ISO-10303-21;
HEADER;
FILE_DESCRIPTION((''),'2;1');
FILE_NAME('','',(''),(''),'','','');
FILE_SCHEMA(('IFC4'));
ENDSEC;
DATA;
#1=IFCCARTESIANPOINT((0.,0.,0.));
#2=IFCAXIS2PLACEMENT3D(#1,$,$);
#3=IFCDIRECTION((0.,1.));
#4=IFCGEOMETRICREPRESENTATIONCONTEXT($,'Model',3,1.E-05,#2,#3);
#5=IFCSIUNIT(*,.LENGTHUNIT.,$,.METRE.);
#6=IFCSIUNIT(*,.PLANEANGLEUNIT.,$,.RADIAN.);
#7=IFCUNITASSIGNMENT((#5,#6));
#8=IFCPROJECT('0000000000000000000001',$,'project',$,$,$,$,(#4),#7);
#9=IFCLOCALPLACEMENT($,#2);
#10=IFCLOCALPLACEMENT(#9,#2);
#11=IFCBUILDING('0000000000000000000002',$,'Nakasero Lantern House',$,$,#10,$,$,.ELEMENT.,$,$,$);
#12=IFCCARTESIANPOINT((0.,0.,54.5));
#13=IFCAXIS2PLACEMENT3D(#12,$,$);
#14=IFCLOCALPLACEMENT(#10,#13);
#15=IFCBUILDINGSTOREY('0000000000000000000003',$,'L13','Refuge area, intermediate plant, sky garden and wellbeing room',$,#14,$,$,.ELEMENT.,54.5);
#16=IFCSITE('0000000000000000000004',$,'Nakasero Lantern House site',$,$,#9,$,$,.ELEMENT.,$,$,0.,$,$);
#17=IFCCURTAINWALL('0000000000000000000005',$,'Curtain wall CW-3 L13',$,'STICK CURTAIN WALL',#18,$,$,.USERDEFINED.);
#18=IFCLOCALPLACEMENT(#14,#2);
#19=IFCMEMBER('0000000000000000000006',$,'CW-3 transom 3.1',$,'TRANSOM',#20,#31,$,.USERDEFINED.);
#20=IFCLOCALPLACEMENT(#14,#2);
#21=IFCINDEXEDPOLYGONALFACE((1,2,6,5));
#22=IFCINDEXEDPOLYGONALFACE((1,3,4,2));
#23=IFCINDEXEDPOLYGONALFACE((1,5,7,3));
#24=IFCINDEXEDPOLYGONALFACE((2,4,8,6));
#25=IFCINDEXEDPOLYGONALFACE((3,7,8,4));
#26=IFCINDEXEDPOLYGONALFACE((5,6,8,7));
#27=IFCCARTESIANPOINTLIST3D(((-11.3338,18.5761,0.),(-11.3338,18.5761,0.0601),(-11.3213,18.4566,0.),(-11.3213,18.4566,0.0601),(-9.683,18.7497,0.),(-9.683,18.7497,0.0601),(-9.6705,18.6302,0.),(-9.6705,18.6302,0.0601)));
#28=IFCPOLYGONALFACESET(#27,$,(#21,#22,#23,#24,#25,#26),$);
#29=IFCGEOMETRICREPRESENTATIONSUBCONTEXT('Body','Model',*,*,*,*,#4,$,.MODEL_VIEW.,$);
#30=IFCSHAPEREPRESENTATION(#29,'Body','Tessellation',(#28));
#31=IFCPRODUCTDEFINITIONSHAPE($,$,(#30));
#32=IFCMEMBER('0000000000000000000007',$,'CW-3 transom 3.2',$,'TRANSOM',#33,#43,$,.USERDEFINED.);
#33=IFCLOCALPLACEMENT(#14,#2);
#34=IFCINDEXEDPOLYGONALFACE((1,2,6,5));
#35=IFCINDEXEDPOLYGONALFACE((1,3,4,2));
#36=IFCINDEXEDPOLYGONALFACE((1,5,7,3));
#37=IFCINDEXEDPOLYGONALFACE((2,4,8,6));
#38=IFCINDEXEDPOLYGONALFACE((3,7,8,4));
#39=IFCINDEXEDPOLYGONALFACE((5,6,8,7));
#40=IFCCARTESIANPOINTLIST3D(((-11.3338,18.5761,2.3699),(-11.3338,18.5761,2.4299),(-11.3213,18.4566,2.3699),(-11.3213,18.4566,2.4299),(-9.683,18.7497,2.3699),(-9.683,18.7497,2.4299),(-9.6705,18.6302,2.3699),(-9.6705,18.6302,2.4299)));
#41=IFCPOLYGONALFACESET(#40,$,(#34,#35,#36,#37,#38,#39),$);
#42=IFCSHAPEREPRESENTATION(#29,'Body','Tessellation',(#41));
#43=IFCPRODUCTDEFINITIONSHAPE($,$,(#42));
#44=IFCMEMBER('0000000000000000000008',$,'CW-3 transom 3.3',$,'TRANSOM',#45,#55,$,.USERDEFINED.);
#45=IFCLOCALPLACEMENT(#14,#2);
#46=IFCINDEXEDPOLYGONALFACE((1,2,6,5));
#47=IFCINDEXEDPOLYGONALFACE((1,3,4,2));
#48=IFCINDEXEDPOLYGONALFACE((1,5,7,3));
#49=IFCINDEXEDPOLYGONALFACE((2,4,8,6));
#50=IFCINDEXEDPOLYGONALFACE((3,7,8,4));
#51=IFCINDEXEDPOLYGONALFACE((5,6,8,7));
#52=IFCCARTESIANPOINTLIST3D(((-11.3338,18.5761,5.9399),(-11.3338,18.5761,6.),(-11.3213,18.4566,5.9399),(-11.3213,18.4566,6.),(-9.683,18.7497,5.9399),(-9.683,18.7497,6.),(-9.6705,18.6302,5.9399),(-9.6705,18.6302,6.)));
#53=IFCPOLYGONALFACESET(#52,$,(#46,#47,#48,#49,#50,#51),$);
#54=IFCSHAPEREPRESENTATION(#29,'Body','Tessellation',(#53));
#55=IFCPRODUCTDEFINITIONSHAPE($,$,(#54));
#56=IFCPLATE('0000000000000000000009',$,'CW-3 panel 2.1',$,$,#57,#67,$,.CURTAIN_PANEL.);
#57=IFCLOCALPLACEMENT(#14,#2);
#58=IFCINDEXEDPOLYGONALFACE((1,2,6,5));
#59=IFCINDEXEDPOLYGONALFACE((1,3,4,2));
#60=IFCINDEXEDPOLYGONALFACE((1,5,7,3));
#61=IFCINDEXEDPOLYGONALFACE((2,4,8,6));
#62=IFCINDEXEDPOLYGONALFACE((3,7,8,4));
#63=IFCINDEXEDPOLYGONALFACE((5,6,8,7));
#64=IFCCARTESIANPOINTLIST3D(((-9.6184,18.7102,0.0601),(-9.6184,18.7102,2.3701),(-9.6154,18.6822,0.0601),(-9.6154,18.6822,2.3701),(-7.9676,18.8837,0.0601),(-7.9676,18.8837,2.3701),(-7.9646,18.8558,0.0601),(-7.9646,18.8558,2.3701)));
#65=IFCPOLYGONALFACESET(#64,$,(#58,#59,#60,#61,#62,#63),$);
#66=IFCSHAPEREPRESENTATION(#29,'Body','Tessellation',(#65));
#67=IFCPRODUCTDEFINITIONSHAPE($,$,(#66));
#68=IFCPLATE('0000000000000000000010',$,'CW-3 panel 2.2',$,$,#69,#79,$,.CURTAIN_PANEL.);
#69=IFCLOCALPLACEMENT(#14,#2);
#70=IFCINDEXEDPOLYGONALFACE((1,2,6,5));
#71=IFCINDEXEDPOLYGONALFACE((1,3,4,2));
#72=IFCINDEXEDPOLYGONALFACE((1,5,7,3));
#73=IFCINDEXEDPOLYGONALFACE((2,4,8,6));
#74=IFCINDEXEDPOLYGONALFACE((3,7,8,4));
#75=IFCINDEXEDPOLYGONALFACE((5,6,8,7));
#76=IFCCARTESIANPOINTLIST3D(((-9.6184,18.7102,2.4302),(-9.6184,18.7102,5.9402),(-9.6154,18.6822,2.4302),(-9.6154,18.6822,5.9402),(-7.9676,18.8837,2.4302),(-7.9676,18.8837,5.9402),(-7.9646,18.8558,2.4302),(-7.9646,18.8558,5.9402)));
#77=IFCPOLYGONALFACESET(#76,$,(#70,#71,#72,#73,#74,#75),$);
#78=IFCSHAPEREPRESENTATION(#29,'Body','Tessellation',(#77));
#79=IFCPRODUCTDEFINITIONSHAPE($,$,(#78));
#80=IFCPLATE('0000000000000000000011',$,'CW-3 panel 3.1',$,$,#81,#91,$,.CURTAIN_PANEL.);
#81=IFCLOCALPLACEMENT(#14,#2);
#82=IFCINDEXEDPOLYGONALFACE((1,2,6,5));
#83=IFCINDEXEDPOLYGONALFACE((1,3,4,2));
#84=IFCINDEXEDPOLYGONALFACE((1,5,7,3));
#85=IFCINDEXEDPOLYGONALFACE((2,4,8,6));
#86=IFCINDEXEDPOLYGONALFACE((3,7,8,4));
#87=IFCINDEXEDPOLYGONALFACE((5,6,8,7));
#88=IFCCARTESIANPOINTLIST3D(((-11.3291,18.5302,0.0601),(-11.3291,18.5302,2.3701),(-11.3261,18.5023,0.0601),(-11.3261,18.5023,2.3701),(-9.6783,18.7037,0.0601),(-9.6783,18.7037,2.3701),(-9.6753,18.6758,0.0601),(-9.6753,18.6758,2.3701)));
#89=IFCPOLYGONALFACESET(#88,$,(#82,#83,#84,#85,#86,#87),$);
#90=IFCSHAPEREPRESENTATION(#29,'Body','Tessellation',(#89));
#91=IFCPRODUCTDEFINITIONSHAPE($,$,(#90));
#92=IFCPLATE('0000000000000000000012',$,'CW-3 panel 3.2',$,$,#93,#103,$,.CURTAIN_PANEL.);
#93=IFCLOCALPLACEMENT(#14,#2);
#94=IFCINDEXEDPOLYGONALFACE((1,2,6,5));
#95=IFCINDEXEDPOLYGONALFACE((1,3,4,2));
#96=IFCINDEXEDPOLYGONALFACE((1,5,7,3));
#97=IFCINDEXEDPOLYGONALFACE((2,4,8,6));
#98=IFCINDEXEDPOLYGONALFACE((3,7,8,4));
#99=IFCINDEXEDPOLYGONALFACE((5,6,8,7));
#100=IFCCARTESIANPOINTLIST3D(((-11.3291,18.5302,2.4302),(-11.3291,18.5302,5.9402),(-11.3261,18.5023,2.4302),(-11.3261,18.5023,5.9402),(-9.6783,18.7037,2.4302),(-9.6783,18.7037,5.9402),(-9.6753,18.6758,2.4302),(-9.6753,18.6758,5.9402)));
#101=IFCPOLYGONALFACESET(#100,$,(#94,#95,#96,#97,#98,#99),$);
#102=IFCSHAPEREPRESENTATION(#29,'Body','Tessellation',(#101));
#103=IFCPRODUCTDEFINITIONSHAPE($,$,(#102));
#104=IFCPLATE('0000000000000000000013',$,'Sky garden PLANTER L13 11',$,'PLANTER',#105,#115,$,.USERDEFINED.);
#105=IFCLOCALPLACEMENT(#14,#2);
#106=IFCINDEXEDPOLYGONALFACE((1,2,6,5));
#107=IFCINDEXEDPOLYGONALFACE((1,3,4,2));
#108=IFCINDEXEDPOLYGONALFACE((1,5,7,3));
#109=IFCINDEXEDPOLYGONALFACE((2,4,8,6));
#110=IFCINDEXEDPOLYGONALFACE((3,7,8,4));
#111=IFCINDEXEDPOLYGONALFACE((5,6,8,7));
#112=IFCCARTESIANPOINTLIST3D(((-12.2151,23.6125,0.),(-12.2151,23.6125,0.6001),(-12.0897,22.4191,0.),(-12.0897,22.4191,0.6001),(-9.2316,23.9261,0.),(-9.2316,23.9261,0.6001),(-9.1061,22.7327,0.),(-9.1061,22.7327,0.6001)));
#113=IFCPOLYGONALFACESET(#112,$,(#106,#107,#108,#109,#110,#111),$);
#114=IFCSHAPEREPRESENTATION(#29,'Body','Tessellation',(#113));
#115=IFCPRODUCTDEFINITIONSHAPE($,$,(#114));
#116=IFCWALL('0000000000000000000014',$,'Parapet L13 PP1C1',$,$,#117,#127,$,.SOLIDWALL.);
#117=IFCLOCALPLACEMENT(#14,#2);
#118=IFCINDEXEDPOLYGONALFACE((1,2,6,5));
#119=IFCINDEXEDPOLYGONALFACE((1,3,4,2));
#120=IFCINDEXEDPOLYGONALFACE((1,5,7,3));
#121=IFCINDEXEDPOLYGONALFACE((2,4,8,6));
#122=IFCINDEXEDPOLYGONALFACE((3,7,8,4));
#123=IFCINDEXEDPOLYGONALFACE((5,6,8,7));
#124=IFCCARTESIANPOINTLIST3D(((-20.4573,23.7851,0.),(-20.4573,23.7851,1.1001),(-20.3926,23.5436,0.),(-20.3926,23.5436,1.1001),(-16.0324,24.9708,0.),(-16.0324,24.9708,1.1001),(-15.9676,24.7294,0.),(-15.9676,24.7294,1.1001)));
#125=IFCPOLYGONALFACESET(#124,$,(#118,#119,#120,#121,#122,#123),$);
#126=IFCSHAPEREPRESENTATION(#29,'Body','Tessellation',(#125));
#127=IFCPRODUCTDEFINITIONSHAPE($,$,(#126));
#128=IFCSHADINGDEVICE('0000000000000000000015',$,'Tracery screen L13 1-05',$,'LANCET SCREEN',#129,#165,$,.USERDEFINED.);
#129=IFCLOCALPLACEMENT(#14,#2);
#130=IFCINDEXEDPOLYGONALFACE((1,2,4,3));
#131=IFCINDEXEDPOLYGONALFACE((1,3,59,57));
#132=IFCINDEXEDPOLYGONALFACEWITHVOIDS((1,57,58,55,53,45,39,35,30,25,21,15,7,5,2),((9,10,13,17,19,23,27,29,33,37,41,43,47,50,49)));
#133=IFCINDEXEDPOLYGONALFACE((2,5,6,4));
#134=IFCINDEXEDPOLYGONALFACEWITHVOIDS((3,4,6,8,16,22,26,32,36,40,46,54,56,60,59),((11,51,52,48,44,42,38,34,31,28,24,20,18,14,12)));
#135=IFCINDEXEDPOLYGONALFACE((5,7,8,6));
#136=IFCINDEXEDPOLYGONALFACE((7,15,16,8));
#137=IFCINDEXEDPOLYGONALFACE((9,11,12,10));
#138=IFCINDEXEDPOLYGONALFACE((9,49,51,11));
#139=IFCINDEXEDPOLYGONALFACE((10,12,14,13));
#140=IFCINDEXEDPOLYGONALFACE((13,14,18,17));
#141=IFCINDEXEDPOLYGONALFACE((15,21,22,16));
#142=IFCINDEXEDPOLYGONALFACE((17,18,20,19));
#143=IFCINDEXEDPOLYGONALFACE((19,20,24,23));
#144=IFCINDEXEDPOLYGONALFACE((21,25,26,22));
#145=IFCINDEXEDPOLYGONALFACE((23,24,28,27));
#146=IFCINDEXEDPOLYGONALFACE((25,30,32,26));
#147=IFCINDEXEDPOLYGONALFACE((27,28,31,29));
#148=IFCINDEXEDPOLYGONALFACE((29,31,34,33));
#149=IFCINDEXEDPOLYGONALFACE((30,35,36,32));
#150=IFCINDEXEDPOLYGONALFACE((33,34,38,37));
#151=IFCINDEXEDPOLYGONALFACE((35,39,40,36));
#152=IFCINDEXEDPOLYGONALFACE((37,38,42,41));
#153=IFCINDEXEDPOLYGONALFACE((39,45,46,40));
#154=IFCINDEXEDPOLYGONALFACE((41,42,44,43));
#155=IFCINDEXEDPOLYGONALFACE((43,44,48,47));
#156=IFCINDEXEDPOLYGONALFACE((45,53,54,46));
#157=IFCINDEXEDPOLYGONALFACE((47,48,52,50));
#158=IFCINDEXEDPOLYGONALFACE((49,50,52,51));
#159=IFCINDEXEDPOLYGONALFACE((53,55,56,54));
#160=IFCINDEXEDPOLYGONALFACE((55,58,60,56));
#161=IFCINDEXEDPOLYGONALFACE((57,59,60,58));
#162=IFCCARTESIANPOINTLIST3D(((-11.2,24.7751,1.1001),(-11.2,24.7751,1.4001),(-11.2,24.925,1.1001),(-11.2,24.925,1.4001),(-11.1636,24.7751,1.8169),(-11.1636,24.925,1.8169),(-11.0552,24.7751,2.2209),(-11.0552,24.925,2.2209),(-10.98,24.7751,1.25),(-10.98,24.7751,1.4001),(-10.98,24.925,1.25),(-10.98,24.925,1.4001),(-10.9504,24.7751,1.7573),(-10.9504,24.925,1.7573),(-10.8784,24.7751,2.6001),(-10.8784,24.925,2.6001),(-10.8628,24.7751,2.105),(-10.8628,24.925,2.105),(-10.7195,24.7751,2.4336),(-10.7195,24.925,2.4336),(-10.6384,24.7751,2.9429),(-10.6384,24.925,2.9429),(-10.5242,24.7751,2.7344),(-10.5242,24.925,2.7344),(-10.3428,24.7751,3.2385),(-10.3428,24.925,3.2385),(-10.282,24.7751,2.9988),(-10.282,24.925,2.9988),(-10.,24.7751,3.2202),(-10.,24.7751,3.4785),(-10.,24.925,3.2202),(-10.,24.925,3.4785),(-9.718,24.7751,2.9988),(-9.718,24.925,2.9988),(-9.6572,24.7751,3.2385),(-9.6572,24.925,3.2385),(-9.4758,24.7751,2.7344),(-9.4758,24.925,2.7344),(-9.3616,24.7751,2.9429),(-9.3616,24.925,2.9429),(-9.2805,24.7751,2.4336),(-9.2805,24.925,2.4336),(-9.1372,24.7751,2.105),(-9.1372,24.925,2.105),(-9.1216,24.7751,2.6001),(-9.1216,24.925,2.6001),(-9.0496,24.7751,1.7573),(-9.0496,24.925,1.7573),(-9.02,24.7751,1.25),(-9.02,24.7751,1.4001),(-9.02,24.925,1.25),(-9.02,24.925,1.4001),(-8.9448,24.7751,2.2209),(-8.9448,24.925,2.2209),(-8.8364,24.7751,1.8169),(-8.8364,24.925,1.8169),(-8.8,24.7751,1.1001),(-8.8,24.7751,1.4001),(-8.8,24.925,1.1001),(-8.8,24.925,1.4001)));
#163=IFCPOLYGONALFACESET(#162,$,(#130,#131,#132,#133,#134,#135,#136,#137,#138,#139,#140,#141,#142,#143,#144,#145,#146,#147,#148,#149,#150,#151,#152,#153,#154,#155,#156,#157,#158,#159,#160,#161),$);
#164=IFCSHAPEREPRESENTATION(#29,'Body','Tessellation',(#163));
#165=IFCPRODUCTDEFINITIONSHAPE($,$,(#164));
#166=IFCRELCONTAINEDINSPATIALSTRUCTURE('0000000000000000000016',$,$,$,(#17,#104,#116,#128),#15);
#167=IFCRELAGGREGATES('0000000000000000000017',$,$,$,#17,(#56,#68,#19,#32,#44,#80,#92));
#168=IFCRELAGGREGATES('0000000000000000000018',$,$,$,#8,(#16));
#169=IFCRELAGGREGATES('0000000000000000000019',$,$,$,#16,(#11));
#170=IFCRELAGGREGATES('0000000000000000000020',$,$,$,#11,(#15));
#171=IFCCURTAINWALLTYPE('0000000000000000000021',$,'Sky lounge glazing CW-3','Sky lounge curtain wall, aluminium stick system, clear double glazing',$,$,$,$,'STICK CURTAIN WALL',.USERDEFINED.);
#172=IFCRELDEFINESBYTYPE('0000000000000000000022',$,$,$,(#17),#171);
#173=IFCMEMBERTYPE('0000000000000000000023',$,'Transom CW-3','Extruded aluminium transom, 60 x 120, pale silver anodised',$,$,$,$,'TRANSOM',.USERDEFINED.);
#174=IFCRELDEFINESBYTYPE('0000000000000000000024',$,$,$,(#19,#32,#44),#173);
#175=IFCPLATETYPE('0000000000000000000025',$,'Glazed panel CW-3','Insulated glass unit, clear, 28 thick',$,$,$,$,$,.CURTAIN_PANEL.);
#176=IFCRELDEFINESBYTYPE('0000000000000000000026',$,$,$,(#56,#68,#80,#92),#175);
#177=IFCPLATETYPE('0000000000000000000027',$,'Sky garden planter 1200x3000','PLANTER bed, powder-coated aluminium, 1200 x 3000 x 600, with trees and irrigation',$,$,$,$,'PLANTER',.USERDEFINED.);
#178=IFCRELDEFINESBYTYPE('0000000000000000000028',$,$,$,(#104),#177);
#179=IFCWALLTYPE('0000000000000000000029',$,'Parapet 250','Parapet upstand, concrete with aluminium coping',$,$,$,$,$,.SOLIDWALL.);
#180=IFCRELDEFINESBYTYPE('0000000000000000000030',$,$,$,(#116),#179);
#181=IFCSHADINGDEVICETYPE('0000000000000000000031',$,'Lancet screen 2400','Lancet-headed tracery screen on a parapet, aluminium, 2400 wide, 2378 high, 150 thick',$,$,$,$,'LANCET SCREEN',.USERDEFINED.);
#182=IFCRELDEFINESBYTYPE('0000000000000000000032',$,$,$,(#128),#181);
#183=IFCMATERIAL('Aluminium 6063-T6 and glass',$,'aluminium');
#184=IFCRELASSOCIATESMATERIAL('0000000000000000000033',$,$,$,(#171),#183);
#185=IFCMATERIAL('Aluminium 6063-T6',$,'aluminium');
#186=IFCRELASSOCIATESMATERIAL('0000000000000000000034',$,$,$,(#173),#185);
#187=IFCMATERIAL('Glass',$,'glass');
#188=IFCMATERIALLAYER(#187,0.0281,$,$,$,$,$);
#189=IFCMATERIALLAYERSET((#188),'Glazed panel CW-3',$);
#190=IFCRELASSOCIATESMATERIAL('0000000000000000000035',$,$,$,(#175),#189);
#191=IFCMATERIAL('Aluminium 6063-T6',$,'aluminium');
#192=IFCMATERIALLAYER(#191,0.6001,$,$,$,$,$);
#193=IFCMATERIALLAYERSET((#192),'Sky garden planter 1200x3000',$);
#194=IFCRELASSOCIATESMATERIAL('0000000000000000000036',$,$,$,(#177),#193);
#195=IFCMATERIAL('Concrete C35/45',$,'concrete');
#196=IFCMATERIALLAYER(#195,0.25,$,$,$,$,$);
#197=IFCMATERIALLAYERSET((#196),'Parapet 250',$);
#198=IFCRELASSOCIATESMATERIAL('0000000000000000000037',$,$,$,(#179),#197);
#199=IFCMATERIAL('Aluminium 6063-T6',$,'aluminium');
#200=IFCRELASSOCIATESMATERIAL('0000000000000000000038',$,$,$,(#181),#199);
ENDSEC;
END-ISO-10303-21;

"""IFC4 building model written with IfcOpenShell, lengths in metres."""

from ifc_helpers import new_model, si_unit, direction, frame, frame_2d, origin, origin_2d, place, context, subcontext, project, spatial, polyline, rectangle, outline, extrude, material, layer, layer_set, material_profile, profile_set, type_object, element, aggregate, save


model = new_model("IFC4")

# Units and contexts
model_context = context("Model", 3, precision=1e-05, world=origin(), true_north=direction((0.0, 1.0)))
body_context = subcontext(model_context, "Body", "Model", "MODEL_VIEW")
ifc_project = project(units=[si_unit("LENGTHUNIT", "METRE"), si_unit("PLANEANGLEUNIT", "RADIAN")], contexts=[model_context])

# Site, building, storey
site_placement = place(None, origin())
site = spatial("IfcSite", under=ifc_project, at=site_placement, Name="Nakasero Lantern House site", CompositionType="ELEMENT", RefElevation=0.0)
building_placement = place(site_placement, origin())
building = spatial("IfcBuilding", under=site, at=building_placement, Name="Nakasero Lantern House", CompositionType="ELEMENT")
storey_placement = place(building_placement, frame((0.0, 0.0, 54.5)))
storey = spatial("IfcBuildingStorey", under=building, at=storey_placement, Name="L13", Description="Refuge area, intermediate plant, sky garden and wellbeing room", CompositionType="ELEMENT", Elevation=54.5)

# Curtain wall
ifc_material_1 = material(Name="Aluminium 6063-T6 and glass", Category="aluminium")
curtain_wall_type = type_object("IfcCurtainWallType", Name="Sky lounge glazing CW-3", Description="Sky lounge curtain wall, aluminium stick system, clear double glazing", ElementType="STICK CURTAIN WALL", PredefinedType="USERDEFINED", material=ifc_material_1)
curtain_wall_placement = place(storey_placement, origin())
curtain_wall = element("IfcCurtainWall", 1, at=curtain_wall_placement, inside=storey, type_object=curtain_wall_type, Name="Curtain wall CW-3 L13", ObjectType="STICK CURTAIN WALL", PredefinedType="USERDEFINED")

# Members
ifc_material_2 = material(Name="Aluminium 6063-T6", Category="aluminium")
ifc_material_profile_1 = material_profile(ifc_material_2, rectangle(XDim=0.0601, YDim=0.1201, at=origin_2d()), Name="CW-3 transom 60x120")
ifc_profile_set_1 = profile_set([ifc_material_profile_1], Name="Aluminium 6063-T6")
member_type_1 = type_object("IfcMemberType", Name="Transom CW-3", Description="Extruded aluminium transom, 60 x 120, pale silver anodised", ElementType="TRANSOM", PredefinedType="USERDEFINED", material=ifc_profile_set_1)
member_1_placement = place(storey_placement, frame((-9.6768, 18.6899, 0.03), z_axis=(-0.994518, -0.10457, 0.0), x_axis=(0.0, 0.0, 1.0)))
member_1 = element("IfcMember", 2, at=member_1_placement, type_object=member_type_1, Name="CW-3 transom 3.1", ObjectType="TRANSOM", PredefinedType="USERDEFINED", context=body_context, shape_type="SweptSolid", body=[
    extrude(rectangle(XDim=0.0601, YDim=0.1201, at=origin_2d()), origin(), (0.0, 0.0, 1.0), 1.6599),
])
member_2_placement = place(storey_placement, frame((-9.6768, 18.6899, 2.3999), z_axis=(-0.994518, -0.10457, 0.0), x_axis=(0.0, 0.0, 1.0)))
member_2 = element("IfcMember", 3, at=member_2_placement, type_object=member_type_1, Name="CW-3 transom 3.2", ObjectType="TRANSOM", PredefinedType="USERDEFINED", context=body_context, shape_type="SweptSolid", body=[
    extrude(rectangle(XDim=0.0601, YDim=0.1201, at=origin_2d()), origin(), (0.0, 0.0, 1.0), 1.6599),
])
member_3_placement = place(storey_placement, frame((-9.6768, 18.6899, 5.97), z_axis=(-0.994518, -0.10457, 0.0), x_axis=(0.0, 0.0, 1.0)))
member_3 = element("IfcMember", 4, at=member_3_placement, type_object=member_type_1, Name="CW-3 transom 3.3", ObjectType="TRANSOM", PredefinedType="USERDEFINED", context=body_context, shape_type="SweptSolid", body=[
    extrude(rectangle(XDim=0.0601, YDim=0.1201, at=origin_2d()), origin(), (0.0, 0.0, 1.0), 1.6599),
])

# Plates
ifc_material_3 = material(Name="Glass", Category="glass")
ifc_layer_1 = layer(ifc_material_3, 0.0281)
ifc_layer_set_1 = layer_set([ifc_layer_1], Name="Glazed panel CW-3")
plate_type_1 = type_object("IfcPlateType", Name="Glazed panel CW-3", Description="Insulated glass unit, clear, 28 thick", PredefinedType="CURTAIN_PANEL", material=ifc_layer_set_1)
plate_1_placement = place(storey_placement, frame((-8.7915, 18.783, 0.0601), z_axis=(0.0, 0.0, 1.0), x_axis=(-0.994522, -0.104528, 0.0)))
plate_1 = element("IfcPlate", 5, at=plate_1_placement, type_object=plate_type_1, Name="CW-3 panel 2.1", PredefinedType="CURTAIN_PANEL", context=body_context, shape_type="SweptSolid", body=[
    extrude(rectangle(XDim=1.6599, YDim=0.0281, at=origin_2d()), origin(), (0.0, 0.0, 1.0), 2.3101),
])
plate_2_placement = place(storey_placement, frame((-8.7915, 18.783, 2.4302), z_axis=(0.0, 0.0, 1.0), x_axis=(-0.994522, -0.104528, 0.0)))
plate_2 = element("IfcPlate", 6, at=plate_2_placement, type_object=plate_type_1, Name="CW-3 panel 2.2", PredefinedType="CURTAIN_PANEL", context=body_context, shape_type="SweptSolid", body=[
    extrude(rectangle(XDim=1.6599, YDim=0.0281, at=origin_2d()), origin(), (0.0, 0.0, 1.0), 3.51),
])
plate_3_placement = place(storey_placement, frame((-10.5022, 18.603, 0.0601), z_axis=(0.0, 0.0, 1.0), x_axis=(-0.994522, -0.104528, 0.0)))
plate_3 = element("IfcPlate", 7, at=plate_3_placement, type_object=plate_type_1, Name="CW-3 panel 3.1", PredefinedType="CURTAIN_PANEL", context=body_context, shape_type="SweptSolid", body=[
    extrude(rectangle(XDim=1.6599, YDim=0.0281, at=origin_2d()), origin(), (0.0, 0.0, 1.0), 2.3101),
])
plate_4_placement = place(storey_placement, frame((-10.5022, 18.603, 2.4302), z_axis=(0.0, 0.0, 1.0), x_axis=(-0.994522, -0.104528, 0.0)))
plate_4 = element("IfcPlate", 8, at=plate_4_placement, type_object=plate_type_1, Name="CW-3 panel 3.2", PredefinedType="CURTAIN_PANEL", context=body_context, shape_type="SweptSolid", body=[
    extrude(rectangle(XDim=1.6599, YDim=0.0281, at=origin_2d()), origin(), (0.0, 0.0, 1.0), 3.51),
])
aggregate(curtain_wall, [plate_1, plate_2, member_1, member_2, member_3, plate_3, plate_4])
ifc_material_4 = material(Name="Aluminium 6063-T6", Category="aluminium")
ifc_layer_2 = layer(ifc_material_4, 0.6001)
ifc_layer_set_2 = layer_set([ifc_layer_2], Name="Sky garden planter 1200x3000")
plate_type_2 = type_object("IfcPlateType", Name="Sky garden planter 1200x3000", Description="PLANTER bed, powder-coated aluminium, 1200 x 3000 x 600, with trees and irrigation", ElementType="PLANTER", PredefinedType="USERDEFINED", material=ifc_layer_set_2)
plate_5_placement = place(storey_placement, frame((-10.6606, 23.1726, 0.0), z_axis=(0.0, 0.0, 1.0), x_axis=(-0.104528, 0.994522, 0.0)))
element("IfcPlate", 9, at=plate_5_placement, inside=storey, type_object=plate_type_2, Name="Sky garden PLANTER L13 11", ObjectType="PLANTER", PredefinedType="USERDEFINED", context=body_context, shape_type="SweptSolid", body=[
    extrude(rectangle(XDim=1.2, YDim=3.0, at=origin_2d()), origin(), (0.0, 0.0, 1.0), 0.6001),
])

# Wall
ifc_material_5 = material(Name="Concrete C35/45", Category="concrete")
ifc_layer_3 = layer(ifc_material_5, 0.25)
ifc_layer_set_3 = layer_set([ifc_layer_3], Name="Parapet 250")
wall_type = type_object("IfcWallType", Name="Parapet 250", Description="Parapet upstand, concrete with aluminium coping", PredefinedType="SOLIDWALL", material=ifc_layer_set_3)
wall_placement = place(storey_placement, frame((-16.0, 24.8501, 0.0), z_axis=(0.0, 0.0, 1.0), x_axis=(-0.96592, -0.25884, 0.0)))
element("IfcWall", 10, at=wall_placement, inside=storey, type_object=wall_type, Name="Parapet L13 PP1C1", PredefinedType="SOLIDWALL", context=body_context, shape_type="SweptSolid", body=[
    extrude(rectangle(XDim=4.5811, YDim=0.25, at=frame_2d((2.2905, 0.0))), origin(), (0.0, 0.0, 1.0), 1.1001),
])

# Shading device
ifc_material_6 = material(Name="Aluminium 6063-T6", Category="aluminium")
shading_device_type = type_object("IfcShadingDeviceType", Name="Lancet screen 2400", Description="Lancet-headed tracery screen on a parapet, aluminium, 2400 wide, 2378 high, 150 thick", ElementType="LANCET SCREEN", PredefinedType="USERDEFINED", material=ifc_material_6)
for number, where, z_axis, x_axis, name in (
    (11, (-10.0, 24.8501, 1.1001), (0.0, 0.0, 1.0), (-1.0, 0.0, 0.0), "Tracery screen L13 1-05"),
):
    element("IfcShadingDevice", number, at=place(storey_placement, frame(where, z_axis=z_axis, x_axis=x_axis)), inside=storey, type_object=shading_device_type, Name=name, ObjectType="LANCET SCREEN", PredefinedType="USERDEFINED", context=body_context, shape_type="SweptSolid", body=[
        extrude(outline(polyline([(-1.2, 0.0), (1.2, 0.0), (1.2, 0.3), (1.1636, 0.7168), (1.0552, 1.1208), (0.8784, 1.5), (0.6384, 1.8428), (0.3428, 2.1384), (0.0, 2.3784), (-0.3428, 2.1384), (-0.6384, 1.8428), (-0.8784, 1.5), (-1.0552, 1.1208), (-1.1636, 0.7168), (-1.2, 0.3), (-1.2, 0.0)]), holes=[polyline([(-0.98, 0.1499), (0.98, 0.1499), (0.98, 0.3), (0.9504, 0.6572), (0.8628, 1.0049), (0.7195, 1.3335), (0.5242, 1.6343), (0.282, 1.8987), (0.0, 2.1201), (-0.282, 1.8987), (-0.5242, 1.6343), (-0.7195, 1.3335), (-0.8628, 1.0049), (-0.9504, 0.6572), (-0.98, 0.3), (-0.98, 0.1499)])]), frame((0.0, 0.075, 0.0), z_axis=(0.0, -1.0, 0.0), x_axis=(1.0, 0.0, 0.0)), (0.0, 0.0, 1.0), 0.1499),
    ])

save(model, "model.ifc")
